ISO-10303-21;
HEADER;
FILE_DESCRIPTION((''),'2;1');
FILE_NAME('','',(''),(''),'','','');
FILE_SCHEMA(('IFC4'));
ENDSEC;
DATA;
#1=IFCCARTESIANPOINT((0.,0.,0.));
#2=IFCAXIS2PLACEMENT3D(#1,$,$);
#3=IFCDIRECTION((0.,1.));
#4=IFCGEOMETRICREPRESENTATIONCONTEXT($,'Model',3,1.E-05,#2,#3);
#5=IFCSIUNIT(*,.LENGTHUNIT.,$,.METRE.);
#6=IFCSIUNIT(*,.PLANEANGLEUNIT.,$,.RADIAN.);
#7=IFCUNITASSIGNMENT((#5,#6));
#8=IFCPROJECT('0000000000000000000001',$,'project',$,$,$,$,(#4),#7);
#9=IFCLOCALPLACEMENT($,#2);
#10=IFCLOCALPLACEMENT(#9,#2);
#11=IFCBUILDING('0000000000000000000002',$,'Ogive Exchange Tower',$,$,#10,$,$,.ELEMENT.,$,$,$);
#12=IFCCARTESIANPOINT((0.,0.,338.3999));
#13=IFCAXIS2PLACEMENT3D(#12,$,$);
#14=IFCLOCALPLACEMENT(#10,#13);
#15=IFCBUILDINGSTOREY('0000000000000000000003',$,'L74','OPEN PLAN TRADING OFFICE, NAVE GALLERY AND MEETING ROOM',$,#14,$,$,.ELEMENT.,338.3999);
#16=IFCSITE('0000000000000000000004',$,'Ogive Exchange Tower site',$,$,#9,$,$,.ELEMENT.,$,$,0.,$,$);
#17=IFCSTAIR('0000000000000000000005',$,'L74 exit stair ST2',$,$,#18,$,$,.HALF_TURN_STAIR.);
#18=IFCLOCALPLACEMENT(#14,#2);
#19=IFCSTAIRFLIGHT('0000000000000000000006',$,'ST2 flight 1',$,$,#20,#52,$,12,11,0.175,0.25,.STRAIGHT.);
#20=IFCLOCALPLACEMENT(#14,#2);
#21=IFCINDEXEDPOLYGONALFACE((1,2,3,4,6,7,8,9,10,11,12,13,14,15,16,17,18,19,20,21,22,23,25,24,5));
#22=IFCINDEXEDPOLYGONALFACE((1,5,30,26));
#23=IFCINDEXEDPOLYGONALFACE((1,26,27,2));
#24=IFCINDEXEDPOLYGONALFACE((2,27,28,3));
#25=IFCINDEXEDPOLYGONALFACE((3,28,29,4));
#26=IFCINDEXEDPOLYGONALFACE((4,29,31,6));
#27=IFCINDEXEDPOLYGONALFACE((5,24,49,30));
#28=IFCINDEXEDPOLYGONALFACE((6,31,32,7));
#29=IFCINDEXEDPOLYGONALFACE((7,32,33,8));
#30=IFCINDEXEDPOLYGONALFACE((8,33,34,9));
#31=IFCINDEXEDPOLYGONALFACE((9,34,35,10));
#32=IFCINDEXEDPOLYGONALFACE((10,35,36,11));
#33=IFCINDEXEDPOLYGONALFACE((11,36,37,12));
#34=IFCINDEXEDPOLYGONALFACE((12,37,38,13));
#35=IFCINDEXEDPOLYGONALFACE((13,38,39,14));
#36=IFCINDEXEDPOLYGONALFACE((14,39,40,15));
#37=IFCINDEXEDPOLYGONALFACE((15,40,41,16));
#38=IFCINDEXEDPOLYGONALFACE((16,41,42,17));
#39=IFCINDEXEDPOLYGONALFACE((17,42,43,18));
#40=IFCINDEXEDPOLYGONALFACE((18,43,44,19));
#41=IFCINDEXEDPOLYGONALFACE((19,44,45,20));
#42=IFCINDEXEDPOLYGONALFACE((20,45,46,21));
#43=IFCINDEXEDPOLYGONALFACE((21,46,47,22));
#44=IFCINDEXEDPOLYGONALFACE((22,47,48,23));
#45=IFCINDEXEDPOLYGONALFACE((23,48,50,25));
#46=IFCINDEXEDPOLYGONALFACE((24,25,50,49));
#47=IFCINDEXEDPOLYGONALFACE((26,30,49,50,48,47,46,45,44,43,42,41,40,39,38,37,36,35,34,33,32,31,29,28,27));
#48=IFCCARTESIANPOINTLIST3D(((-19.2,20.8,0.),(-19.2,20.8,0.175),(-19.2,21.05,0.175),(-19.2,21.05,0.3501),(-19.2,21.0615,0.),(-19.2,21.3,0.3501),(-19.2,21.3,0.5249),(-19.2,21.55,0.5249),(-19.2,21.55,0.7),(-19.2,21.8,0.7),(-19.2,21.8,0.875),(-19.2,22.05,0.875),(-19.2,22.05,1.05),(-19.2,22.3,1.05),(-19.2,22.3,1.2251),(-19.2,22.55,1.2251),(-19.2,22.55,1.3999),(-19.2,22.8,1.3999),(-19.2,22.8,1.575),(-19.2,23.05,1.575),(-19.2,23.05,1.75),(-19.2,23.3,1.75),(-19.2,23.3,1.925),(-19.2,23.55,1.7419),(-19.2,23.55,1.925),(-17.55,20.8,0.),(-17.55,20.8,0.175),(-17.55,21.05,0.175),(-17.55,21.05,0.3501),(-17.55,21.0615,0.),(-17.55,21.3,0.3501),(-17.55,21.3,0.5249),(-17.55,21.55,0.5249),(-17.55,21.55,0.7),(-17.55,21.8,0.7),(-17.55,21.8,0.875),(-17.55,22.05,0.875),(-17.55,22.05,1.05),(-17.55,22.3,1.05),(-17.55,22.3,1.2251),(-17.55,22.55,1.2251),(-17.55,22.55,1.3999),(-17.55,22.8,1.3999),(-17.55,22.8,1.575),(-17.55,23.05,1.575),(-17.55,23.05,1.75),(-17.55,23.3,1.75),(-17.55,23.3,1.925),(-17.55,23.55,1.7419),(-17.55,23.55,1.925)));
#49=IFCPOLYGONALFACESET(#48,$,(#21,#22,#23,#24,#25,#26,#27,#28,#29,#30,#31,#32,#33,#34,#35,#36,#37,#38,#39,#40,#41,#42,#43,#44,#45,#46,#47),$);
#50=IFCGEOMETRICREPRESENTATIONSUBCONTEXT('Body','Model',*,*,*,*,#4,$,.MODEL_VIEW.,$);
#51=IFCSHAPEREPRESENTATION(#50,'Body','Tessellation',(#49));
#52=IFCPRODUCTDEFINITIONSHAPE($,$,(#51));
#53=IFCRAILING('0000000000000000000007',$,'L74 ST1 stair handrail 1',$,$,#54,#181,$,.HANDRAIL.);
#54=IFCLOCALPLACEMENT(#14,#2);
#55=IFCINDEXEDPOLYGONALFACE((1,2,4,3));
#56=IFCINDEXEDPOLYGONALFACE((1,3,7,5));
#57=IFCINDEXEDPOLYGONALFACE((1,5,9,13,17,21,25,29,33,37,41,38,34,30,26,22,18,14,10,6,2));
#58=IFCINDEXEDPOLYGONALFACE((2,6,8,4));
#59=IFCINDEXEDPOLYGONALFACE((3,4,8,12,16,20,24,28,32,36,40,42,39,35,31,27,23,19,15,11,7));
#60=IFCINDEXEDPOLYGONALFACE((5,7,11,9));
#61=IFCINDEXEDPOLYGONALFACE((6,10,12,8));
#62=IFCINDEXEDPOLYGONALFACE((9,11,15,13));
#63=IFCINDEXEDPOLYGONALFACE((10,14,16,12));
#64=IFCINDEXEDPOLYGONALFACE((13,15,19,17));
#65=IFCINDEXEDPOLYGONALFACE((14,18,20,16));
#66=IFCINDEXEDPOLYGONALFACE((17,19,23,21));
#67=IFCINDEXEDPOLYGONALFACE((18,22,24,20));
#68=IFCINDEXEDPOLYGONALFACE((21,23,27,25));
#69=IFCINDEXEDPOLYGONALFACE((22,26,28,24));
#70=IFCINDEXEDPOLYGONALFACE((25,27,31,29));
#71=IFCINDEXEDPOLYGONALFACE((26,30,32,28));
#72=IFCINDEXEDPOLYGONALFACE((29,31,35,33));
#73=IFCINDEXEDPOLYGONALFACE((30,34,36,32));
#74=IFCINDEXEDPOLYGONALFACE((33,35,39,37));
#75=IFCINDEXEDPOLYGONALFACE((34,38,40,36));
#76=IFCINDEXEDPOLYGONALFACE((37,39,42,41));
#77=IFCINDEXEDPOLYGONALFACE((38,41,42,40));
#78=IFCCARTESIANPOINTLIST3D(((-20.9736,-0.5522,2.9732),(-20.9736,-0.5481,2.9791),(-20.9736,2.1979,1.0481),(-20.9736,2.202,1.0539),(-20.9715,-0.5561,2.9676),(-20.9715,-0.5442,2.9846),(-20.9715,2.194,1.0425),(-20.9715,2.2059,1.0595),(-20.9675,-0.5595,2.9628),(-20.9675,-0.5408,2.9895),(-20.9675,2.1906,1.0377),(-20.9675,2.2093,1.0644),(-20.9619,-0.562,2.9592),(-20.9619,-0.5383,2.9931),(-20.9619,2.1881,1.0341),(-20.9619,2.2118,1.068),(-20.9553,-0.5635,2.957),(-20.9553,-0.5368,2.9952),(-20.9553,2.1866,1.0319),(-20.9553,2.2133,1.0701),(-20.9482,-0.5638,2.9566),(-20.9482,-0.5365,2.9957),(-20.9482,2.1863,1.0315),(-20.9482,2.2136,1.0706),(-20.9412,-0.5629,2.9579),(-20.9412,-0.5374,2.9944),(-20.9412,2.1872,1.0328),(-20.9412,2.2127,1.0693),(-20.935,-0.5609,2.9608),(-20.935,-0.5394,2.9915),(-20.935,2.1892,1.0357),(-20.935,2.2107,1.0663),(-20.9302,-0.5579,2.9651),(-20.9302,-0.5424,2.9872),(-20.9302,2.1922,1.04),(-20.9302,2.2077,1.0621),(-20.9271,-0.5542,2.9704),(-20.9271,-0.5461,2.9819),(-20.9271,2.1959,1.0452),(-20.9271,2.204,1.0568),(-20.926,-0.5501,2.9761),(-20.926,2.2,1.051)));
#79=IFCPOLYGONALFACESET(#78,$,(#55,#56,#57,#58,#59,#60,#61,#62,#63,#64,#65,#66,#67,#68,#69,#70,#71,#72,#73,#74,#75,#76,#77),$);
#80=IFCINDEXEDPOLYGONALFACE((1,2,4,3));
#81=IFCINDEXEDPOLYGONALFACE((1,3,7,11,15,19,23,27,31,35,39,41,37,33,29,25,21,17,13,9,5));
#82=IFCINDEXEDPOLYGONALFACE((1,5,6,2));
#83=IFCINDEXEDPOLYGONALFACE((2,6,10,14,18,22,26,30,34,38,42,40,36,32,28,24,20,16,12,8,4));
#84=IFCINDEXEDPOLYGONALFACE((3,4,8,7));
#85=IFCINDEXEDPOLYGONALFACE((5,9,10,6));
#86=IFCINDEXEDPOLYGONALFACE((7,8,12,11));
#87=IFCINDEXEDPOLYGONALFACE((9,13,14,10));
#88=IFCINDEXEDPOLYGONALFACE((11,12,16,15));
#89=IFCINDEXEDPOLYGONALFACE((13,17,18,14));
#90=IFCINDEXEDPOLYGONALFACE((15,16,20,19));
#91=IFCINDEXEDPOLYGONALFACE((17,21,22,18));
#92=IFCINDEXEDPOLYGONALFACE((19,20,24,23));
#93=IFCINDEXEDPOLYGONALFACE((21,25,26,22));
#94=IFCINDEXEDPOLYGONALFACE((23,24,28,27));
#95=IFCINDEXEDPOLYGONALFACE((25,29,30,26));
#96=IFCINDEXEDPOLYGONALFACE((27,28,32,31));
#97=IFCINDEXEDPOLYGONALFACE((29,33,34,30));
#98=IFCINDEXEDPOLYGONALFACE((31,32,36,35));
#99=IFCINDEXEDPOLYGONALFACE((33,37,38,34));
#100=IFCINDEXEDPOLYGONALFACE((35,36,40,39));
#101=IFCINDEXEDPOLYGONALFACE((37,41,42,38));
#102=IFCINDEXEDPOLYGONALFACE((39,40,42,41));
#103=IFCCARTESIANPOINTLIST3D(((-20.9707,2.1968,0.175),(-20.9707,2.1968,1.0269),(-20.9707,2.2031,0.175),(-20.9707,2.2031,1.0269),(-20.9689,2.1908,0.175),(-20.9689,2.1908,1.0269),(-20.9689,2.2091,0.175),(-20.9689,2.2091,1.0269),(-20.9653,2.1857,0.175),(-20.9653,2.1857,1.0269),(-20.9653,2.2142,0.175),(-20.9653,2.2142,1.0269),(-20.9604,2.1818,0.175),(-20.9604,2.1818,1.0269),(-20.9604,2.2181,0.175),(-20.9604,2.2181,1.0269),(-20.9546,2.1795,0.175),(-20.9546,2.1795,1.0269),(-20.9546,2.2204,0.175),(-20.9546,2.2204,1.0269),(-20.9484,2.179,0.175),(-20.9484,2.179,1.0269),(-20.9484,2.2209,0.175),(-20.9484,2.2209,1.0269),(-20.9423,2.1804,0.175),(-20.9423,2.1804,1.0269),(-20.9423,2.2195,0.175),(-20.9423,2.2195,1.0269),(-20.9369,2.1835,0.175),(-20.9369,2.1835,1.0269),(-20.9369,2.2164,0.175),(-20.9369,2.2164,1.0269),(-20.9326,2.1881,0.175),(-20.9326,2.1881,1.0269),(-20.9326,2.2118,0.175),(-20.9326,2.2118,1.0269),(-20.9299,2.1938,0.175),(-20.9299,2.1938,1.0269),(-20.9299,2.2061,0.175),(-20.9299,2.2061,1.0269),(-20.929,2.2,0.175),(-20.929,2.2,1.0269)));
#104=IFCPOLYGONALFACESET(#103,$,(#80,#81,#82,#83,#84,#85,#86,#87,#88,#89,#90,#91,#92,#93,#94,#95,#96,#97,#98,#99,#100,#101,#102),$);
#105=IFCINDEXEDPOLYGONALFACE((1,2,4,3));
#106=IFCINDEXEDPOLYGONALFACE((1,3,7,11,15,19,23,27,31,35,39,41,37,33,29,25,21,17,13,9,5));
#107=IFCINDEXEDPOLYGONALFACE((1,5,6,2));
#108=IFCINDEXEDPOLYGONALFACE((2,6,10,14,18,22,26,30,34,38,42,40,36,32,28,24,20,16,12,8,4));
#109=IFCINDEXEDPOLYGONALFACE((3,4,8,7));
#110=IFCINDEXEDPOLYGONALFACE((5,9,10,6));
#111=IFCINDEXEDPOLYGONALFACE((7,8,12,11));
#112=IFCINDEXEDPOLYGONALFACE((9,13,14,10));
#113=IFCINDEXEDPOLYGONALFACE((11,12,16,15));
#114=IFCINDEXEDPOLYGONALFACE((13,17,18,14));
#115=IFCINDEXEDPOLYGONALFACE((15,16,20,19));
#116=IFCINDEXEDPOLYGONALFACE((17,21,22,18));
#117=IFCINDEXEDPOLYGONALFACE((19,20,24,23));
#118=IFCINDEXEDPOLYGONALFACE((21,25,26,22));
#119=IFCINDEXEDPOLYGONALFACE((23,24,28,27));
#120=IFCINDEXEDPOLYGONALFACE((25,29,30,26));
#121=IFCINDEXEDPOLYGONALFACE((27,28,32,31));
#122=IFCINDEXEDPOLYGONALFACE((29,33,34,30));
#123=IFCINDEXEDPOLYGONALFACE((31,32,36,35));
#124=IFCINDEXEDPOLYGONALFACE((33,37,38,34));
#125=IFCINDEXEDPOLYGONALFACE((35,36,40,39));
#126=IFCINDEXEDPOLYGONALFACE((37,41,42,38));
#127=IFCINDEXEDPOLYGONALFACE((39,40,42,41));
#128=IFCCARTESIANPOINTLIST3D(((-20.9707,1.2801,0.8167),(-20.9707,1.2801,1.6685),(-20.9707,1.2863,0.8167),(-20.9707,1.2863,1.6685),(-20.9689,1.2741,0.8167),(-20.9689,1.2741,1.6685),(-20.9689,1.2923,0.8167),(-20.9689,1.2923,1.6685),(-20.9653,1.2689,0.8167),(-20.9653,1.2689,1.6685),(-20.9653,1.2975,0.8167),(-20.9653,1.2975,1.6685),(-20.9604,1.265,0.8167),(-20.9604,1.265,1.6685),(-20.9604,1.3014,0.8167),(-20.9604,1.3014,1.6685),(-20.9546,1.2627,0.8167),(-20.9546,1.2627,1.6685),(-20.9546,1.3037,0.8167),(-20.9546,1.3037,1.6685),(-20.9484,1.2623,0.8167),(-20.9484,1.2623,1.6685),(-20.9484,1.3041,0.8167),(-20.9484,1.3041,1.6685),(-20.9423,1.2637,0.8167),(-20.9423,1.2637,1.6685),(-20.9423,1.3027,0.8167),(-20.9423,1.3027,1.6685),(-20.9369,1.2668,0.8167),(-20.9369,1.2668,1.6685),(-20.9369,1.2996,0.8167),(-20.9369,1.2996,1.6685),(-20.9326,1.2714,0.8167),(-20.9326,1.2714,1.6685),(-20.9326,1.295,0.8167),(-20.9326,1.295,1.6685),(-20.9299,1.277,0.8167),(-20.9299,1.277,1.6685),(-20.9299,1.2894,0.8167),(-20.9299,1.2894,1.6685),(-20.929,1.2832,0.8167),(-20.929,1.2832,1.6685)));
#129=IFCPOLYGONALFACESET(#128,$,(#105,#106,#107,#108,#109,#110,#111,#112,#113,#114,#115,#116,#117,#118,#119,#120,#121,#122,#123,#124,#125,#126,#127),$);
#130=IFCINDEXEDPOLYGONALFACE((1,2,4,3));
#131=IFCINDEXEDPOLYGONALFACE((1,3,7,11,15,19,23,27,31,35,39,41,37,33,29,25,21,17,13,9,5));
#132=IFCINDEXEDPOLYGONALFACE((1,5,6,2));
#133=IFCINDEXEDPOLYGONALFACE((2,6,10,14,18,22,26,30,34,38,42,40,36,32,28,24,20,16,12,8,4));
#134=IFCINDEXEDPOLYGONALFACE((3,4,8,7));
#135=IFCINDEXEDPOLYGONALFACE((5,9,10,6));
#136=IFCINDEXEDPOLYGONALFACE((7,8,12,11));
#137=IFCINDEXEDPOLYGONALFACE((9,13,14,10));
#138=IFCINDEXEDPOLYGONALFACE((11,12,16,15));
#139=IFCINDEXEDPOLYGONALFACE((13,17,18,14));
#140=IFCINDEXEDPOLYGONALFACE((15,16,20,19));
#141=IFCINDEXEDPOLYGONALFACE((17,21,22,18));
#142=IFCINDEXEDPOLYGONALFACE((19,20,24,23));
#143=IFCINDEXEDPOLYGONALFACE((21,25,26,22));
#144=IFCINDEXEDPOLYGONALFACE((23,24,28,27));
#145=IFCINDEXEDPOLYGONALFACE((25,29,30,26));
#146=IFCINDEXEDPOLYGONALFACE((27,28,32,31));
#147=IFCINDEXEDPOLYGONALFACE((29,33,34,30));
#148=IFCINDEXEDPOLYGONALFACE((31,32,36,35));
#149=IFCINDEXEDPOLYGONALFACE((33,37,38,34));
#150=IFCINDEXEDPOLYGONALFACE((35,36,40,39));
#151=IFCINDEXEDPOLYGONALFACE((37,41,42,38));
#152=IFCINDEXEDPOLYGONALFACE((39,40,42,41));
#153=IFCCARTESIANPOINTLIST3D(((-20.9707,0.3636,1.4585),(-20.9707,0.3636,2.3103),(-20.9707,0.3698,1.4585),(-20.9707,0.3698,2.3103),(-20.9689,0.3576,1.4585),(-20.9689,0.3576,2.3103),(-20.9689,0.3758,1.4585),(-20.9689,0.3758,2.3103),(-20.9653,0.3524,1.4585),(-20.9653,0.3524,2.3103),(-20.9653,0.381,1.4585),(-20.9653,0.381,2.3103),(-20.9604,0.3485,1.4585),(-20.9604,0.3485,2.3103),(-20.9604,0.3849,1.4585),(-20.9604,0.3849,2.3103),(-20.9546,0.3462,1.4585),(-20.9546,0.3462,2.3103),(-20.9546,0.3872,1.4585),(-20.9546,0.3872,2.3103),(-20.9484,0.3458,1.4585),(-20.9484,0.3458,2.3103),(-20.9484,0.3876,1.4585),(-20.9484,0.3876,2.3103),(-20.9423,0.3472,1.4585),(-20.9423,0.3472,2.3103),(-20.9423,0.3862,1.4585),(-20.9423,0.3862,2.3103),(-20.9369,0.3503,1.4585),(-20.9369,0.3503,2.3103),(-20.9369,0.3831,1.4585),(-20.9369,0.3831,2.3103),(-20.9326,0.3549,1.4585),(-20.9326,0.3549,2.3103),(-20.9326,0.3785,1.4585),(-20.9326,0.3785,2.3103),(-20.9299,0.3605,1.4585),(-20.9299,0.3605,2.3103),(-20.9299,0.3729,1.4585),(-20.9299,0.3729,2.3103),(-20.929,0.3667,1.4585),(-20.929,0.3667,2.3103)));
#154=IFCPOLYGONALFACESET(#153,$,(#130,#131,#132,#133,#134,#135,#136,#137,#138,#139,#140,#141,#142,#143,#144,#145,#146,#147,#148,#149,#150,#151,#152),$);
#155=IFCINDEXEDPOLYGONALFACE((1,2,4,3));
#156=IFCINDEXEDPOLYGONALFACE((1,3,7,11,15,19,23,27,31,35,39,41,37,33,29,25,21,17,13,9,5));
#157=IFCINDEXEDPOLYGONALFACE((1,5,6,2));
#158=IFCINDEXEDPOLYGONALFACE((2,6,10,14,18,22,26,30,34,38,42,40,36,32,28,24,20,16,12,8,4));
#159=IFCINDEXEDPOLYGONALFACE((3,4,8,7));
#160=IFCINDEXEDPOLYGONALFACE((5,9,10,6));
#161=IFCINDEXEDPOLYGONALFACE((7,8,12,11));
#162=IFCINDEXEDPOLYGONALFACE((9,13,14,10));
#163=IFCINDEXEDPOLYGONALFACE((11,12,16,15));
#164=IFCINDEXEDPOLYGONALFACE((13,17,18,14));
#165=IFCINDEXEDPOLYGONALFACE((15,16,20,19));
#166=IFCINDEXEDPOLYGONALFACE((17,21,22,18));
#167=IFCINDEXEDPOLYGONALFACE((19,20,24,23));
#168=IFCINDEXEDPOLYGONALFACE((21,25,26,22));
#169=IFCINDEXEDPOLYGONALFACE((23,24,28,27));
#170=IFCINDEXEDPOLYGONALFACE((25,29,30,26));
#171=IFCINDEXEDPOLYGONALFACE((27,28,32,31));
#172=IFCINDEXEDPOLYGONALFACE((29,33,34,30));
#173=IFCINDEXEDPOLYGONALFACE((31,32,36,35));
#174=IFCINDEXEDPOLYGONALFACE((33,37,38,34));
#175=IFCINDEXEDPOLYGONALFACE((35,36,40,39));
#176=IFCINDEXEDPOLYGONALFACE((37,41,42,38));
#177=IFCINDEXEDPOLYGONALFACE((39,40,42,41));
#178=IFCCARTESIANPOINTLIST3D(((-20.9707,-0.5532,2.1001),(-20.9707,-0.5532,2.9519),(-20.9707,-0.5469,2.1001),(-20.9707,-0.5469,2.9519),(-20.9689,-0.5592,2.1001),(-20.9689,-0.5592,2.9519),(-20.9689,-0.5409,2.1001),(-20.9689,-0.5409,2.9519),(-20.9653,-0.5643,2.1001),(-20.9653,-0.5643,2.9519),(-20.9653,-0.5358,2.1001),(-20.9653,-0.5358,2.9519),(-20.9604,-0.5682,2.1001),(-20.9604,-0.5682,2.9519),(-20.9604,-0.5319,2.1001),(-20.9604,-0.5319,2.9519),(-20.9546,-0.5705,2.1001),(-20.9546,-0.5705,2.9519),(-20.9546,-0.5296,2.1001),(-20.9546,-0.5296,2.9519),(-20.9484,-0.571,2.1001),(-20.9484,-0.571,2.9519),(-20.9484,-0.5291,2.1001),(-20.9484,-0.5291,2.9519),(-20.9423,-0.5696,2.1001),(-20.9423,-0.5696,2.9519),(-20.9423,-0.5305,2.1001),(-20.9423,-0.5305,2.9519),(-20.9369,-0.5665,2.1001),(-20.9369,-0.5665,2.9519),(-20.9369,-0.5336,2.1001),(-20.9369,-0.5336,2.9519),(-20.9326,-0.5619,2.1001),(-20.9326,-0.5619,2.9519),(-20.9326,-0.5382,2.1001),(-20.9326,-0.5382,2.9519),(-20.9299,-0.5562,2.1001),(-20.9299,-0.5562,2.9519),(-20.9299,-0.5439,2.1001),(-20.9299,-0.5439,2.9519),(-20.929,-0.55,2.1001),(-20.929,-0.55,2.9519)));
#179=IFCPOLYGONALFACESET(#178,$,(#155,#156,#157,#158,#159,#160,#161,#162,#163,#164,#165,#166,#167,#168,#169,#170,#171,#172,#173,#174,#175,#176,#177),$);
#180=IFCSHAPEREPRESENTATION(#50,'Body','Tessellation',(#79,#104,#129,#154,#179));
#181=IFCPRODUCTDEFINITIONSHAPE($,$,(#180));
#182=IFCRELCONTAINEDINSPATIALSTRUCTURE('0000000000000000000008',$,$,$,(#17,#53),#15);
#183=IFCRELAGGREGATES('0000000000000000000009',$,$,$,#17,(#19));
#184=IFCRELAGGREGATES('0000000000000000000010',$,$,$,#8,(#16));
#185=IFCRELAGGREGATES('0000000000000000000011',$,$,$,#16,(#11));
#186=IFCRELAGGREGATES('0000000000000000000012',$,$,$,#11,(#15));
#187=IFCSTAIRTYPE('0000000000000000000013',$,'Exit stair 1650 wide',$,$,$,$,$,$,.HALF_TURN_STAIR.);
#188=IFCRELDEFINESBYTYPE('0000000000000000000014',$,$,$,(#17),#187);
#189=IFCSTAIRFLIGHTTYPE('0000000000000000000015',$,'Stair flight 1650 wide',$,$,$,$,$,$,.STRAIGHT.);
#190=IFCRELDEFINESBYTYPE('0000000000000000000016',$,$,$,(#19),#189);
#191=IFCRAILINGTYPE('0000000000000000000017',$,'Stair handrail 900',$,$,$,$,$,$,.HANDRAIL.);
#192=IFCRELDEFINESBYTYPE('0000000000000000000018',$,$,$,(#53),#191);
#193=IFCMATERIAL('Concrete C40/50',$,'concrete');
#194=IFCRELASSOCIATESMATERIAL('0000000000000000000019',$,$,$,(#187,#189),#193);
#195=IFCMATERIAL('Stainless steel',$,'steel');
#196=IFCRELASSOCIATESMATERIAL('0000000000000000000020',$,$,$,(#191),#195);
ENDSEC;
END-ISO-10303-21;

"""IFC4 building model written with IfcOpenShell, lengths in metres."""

from ifc_helpers import new_model, si_unit, direction, frame, origin, origin_2d, place, context, subcontext, project, spatial, polyline, circle, outline, extrude, material, type_object, element, aggregate, save


model = new_model("IFC4")

# Units and contexts
model_context = context("Model", 3, precision=1e-05, world=origin(), true_north=direction((0.0, 1.0)))
body_context = subcontext(model_context, "Body", "Model", "MODEL_VIEW")
ifc_project = project(units=[si_unit("LENGTHUNIT", "METRE"), si_unit("PLANEANGLEUNIT", "RADIAN")], contexts=[model_context])

# Site, building, storey
site_placement = place(None, origin())
site = spatial("IfcSite", under=ifc_project, at=site_placement, Name="Ogive Exchange Tower site", CompositionType="ELEMENT", RefElevation=0.0)
building_placement = place(site_placement, origin())
building = spatial("IfcBuilding", under=site, at=building_placement, Name="Ogive Exchange Tower", CompositionType="ELEMENT")
storey_placement = place(building_placement, frame((0.0, 0.0, 338.3999)))
storey = spatial("IfcBuildingStorey", under=building, at=storey_placement, Name="L74", Description="OPEN PLAN TRADING OFFICE, NAVE GALLERY AND MEETING ROOM", CompositionType="ELEMENT", Elevation=338.3999)

# Shared definitions
ifc_material_1 = material(Name="Stainless steel", Category="steel")

# Stair, stair flight
ifc_material_2 = material(Name="Concrete C40/50", Category="concrete")
stair_type = type_object("IfcStairType", Name="Exit stair 1650 wide", PredefinedType="HALF_TURN_STAIR", material=ifc_material_2)
stair_flight_type = type_object("IfcStairFlightType", Name="Stair flight 1650 wide", PredefinedType="STRAIGHT", material=ifc_material_2)
stair_1_placement = place(storey_placement, origin())
stair_1 = element("IfcStair", 1, at=stair_1_placement, inside=storey, type_object=stair_type, Name="L74 exit stair ST2", PredefinedType="HALF_TURN_STAIR")
stair_flight_1_placement = place(storey_placement, frame((-18.375, 20.8, 0.0), z_axis=(0.0, 0.0, 1.0), x_axis=(0.0, 1.0, 0.0)))
stair_flight_1 = element("IfcStairFlight", 2, at=stair_flight_1_placement, type_object=stair_flight_type, Name="ST2 flight 1", NumberOfRisers=12, NumberOfTreads=11, PredefinedType="STRAIGHT", RiserHeight=0.175, TreadLength=0.25, context=body_context, shape_type="SweptSolid", body=[
    extrude(outline(polyline([(0.0, 0.0), (0.0, 0.175), (0.25, 0.175), (0.25, 0.3501), (0.5, 0.3501), (0.5, 0.5249), (0.75, 0.5249), (0.75, 0.7), (1.0, 0.7), (1.0, 0.875), (1.25, 0.875), (1.25, 1.05), (1.5, 1.05), (1.5, 1.2251), (1.75, 1.2251), (1.75, 1.3999), (2.0, 1.3999), (2.0, 1.575), (2.25, 1.575), (2.25, 1.75), (2.5, 1.75), (2.5, 1.925), (2.75, 1.925), (2.75, 2.1001), (2.75, 1.7419), (0.2615, 0.0), (0.0, 0.0)])), frame((0.0, 0.825, 0.0), z_axis=(0.0, -1.0, 0.0), x_axis=(1.0, 0.0, 0.0)), (0.0, 0.0, 1.0), 1.6499),
])
aggregate(stair_1, [stair_flight_1])

# Railing
railing_type = type_object("IfcRailingType", Name="Stair handrail 900", PredefinedType="HANDRAIL", material=ifc_material_1)
railing_placement = place(storey_placement, frame((-20.95, 2.2, 0.175)))
element("IfcRailing", 3, at=railing_placement, inside=storey, type_object=railing_type, Name="L74 ST1 stair handrail 1", PredefinedType="HANDRAIL", context=body_context, shape_type="SweptSolid", body=[
    extrude(circle(Radius=0.0239, at=origin_2d()), frame((0.0, 0.0, 0.876), z_axis=(0.0, -0.819225, 0.573472), x_axis=(1.0, 0.0, 0.0)), (0.0, 0.0, 1.0), 3.3569),
    extrude(circle(Radius=0.021, at=origin_2d()), origin(), (0.0, 0.0, 1.0), 0.8518),
    extrude(circle(Radius=0.021, at=origin_2d()), frame((0.0, -0.9167, 0.6416)), (0.0, 0.0, 1.0), 0.8518),
    extrude(circle(Radius=0.021, at=origin_2d()), frame((0.0, -1.8333, 1.2834)), (0.0, 0.0, 1.0), 0.8518),
    extrude(circle(Radius=0.021, at=origin_2d()), frame((0.0, -2.75, 1.925)), (0.0, 0.0, 1.0), 0.8518),
])

save(model, "model.ifc")
